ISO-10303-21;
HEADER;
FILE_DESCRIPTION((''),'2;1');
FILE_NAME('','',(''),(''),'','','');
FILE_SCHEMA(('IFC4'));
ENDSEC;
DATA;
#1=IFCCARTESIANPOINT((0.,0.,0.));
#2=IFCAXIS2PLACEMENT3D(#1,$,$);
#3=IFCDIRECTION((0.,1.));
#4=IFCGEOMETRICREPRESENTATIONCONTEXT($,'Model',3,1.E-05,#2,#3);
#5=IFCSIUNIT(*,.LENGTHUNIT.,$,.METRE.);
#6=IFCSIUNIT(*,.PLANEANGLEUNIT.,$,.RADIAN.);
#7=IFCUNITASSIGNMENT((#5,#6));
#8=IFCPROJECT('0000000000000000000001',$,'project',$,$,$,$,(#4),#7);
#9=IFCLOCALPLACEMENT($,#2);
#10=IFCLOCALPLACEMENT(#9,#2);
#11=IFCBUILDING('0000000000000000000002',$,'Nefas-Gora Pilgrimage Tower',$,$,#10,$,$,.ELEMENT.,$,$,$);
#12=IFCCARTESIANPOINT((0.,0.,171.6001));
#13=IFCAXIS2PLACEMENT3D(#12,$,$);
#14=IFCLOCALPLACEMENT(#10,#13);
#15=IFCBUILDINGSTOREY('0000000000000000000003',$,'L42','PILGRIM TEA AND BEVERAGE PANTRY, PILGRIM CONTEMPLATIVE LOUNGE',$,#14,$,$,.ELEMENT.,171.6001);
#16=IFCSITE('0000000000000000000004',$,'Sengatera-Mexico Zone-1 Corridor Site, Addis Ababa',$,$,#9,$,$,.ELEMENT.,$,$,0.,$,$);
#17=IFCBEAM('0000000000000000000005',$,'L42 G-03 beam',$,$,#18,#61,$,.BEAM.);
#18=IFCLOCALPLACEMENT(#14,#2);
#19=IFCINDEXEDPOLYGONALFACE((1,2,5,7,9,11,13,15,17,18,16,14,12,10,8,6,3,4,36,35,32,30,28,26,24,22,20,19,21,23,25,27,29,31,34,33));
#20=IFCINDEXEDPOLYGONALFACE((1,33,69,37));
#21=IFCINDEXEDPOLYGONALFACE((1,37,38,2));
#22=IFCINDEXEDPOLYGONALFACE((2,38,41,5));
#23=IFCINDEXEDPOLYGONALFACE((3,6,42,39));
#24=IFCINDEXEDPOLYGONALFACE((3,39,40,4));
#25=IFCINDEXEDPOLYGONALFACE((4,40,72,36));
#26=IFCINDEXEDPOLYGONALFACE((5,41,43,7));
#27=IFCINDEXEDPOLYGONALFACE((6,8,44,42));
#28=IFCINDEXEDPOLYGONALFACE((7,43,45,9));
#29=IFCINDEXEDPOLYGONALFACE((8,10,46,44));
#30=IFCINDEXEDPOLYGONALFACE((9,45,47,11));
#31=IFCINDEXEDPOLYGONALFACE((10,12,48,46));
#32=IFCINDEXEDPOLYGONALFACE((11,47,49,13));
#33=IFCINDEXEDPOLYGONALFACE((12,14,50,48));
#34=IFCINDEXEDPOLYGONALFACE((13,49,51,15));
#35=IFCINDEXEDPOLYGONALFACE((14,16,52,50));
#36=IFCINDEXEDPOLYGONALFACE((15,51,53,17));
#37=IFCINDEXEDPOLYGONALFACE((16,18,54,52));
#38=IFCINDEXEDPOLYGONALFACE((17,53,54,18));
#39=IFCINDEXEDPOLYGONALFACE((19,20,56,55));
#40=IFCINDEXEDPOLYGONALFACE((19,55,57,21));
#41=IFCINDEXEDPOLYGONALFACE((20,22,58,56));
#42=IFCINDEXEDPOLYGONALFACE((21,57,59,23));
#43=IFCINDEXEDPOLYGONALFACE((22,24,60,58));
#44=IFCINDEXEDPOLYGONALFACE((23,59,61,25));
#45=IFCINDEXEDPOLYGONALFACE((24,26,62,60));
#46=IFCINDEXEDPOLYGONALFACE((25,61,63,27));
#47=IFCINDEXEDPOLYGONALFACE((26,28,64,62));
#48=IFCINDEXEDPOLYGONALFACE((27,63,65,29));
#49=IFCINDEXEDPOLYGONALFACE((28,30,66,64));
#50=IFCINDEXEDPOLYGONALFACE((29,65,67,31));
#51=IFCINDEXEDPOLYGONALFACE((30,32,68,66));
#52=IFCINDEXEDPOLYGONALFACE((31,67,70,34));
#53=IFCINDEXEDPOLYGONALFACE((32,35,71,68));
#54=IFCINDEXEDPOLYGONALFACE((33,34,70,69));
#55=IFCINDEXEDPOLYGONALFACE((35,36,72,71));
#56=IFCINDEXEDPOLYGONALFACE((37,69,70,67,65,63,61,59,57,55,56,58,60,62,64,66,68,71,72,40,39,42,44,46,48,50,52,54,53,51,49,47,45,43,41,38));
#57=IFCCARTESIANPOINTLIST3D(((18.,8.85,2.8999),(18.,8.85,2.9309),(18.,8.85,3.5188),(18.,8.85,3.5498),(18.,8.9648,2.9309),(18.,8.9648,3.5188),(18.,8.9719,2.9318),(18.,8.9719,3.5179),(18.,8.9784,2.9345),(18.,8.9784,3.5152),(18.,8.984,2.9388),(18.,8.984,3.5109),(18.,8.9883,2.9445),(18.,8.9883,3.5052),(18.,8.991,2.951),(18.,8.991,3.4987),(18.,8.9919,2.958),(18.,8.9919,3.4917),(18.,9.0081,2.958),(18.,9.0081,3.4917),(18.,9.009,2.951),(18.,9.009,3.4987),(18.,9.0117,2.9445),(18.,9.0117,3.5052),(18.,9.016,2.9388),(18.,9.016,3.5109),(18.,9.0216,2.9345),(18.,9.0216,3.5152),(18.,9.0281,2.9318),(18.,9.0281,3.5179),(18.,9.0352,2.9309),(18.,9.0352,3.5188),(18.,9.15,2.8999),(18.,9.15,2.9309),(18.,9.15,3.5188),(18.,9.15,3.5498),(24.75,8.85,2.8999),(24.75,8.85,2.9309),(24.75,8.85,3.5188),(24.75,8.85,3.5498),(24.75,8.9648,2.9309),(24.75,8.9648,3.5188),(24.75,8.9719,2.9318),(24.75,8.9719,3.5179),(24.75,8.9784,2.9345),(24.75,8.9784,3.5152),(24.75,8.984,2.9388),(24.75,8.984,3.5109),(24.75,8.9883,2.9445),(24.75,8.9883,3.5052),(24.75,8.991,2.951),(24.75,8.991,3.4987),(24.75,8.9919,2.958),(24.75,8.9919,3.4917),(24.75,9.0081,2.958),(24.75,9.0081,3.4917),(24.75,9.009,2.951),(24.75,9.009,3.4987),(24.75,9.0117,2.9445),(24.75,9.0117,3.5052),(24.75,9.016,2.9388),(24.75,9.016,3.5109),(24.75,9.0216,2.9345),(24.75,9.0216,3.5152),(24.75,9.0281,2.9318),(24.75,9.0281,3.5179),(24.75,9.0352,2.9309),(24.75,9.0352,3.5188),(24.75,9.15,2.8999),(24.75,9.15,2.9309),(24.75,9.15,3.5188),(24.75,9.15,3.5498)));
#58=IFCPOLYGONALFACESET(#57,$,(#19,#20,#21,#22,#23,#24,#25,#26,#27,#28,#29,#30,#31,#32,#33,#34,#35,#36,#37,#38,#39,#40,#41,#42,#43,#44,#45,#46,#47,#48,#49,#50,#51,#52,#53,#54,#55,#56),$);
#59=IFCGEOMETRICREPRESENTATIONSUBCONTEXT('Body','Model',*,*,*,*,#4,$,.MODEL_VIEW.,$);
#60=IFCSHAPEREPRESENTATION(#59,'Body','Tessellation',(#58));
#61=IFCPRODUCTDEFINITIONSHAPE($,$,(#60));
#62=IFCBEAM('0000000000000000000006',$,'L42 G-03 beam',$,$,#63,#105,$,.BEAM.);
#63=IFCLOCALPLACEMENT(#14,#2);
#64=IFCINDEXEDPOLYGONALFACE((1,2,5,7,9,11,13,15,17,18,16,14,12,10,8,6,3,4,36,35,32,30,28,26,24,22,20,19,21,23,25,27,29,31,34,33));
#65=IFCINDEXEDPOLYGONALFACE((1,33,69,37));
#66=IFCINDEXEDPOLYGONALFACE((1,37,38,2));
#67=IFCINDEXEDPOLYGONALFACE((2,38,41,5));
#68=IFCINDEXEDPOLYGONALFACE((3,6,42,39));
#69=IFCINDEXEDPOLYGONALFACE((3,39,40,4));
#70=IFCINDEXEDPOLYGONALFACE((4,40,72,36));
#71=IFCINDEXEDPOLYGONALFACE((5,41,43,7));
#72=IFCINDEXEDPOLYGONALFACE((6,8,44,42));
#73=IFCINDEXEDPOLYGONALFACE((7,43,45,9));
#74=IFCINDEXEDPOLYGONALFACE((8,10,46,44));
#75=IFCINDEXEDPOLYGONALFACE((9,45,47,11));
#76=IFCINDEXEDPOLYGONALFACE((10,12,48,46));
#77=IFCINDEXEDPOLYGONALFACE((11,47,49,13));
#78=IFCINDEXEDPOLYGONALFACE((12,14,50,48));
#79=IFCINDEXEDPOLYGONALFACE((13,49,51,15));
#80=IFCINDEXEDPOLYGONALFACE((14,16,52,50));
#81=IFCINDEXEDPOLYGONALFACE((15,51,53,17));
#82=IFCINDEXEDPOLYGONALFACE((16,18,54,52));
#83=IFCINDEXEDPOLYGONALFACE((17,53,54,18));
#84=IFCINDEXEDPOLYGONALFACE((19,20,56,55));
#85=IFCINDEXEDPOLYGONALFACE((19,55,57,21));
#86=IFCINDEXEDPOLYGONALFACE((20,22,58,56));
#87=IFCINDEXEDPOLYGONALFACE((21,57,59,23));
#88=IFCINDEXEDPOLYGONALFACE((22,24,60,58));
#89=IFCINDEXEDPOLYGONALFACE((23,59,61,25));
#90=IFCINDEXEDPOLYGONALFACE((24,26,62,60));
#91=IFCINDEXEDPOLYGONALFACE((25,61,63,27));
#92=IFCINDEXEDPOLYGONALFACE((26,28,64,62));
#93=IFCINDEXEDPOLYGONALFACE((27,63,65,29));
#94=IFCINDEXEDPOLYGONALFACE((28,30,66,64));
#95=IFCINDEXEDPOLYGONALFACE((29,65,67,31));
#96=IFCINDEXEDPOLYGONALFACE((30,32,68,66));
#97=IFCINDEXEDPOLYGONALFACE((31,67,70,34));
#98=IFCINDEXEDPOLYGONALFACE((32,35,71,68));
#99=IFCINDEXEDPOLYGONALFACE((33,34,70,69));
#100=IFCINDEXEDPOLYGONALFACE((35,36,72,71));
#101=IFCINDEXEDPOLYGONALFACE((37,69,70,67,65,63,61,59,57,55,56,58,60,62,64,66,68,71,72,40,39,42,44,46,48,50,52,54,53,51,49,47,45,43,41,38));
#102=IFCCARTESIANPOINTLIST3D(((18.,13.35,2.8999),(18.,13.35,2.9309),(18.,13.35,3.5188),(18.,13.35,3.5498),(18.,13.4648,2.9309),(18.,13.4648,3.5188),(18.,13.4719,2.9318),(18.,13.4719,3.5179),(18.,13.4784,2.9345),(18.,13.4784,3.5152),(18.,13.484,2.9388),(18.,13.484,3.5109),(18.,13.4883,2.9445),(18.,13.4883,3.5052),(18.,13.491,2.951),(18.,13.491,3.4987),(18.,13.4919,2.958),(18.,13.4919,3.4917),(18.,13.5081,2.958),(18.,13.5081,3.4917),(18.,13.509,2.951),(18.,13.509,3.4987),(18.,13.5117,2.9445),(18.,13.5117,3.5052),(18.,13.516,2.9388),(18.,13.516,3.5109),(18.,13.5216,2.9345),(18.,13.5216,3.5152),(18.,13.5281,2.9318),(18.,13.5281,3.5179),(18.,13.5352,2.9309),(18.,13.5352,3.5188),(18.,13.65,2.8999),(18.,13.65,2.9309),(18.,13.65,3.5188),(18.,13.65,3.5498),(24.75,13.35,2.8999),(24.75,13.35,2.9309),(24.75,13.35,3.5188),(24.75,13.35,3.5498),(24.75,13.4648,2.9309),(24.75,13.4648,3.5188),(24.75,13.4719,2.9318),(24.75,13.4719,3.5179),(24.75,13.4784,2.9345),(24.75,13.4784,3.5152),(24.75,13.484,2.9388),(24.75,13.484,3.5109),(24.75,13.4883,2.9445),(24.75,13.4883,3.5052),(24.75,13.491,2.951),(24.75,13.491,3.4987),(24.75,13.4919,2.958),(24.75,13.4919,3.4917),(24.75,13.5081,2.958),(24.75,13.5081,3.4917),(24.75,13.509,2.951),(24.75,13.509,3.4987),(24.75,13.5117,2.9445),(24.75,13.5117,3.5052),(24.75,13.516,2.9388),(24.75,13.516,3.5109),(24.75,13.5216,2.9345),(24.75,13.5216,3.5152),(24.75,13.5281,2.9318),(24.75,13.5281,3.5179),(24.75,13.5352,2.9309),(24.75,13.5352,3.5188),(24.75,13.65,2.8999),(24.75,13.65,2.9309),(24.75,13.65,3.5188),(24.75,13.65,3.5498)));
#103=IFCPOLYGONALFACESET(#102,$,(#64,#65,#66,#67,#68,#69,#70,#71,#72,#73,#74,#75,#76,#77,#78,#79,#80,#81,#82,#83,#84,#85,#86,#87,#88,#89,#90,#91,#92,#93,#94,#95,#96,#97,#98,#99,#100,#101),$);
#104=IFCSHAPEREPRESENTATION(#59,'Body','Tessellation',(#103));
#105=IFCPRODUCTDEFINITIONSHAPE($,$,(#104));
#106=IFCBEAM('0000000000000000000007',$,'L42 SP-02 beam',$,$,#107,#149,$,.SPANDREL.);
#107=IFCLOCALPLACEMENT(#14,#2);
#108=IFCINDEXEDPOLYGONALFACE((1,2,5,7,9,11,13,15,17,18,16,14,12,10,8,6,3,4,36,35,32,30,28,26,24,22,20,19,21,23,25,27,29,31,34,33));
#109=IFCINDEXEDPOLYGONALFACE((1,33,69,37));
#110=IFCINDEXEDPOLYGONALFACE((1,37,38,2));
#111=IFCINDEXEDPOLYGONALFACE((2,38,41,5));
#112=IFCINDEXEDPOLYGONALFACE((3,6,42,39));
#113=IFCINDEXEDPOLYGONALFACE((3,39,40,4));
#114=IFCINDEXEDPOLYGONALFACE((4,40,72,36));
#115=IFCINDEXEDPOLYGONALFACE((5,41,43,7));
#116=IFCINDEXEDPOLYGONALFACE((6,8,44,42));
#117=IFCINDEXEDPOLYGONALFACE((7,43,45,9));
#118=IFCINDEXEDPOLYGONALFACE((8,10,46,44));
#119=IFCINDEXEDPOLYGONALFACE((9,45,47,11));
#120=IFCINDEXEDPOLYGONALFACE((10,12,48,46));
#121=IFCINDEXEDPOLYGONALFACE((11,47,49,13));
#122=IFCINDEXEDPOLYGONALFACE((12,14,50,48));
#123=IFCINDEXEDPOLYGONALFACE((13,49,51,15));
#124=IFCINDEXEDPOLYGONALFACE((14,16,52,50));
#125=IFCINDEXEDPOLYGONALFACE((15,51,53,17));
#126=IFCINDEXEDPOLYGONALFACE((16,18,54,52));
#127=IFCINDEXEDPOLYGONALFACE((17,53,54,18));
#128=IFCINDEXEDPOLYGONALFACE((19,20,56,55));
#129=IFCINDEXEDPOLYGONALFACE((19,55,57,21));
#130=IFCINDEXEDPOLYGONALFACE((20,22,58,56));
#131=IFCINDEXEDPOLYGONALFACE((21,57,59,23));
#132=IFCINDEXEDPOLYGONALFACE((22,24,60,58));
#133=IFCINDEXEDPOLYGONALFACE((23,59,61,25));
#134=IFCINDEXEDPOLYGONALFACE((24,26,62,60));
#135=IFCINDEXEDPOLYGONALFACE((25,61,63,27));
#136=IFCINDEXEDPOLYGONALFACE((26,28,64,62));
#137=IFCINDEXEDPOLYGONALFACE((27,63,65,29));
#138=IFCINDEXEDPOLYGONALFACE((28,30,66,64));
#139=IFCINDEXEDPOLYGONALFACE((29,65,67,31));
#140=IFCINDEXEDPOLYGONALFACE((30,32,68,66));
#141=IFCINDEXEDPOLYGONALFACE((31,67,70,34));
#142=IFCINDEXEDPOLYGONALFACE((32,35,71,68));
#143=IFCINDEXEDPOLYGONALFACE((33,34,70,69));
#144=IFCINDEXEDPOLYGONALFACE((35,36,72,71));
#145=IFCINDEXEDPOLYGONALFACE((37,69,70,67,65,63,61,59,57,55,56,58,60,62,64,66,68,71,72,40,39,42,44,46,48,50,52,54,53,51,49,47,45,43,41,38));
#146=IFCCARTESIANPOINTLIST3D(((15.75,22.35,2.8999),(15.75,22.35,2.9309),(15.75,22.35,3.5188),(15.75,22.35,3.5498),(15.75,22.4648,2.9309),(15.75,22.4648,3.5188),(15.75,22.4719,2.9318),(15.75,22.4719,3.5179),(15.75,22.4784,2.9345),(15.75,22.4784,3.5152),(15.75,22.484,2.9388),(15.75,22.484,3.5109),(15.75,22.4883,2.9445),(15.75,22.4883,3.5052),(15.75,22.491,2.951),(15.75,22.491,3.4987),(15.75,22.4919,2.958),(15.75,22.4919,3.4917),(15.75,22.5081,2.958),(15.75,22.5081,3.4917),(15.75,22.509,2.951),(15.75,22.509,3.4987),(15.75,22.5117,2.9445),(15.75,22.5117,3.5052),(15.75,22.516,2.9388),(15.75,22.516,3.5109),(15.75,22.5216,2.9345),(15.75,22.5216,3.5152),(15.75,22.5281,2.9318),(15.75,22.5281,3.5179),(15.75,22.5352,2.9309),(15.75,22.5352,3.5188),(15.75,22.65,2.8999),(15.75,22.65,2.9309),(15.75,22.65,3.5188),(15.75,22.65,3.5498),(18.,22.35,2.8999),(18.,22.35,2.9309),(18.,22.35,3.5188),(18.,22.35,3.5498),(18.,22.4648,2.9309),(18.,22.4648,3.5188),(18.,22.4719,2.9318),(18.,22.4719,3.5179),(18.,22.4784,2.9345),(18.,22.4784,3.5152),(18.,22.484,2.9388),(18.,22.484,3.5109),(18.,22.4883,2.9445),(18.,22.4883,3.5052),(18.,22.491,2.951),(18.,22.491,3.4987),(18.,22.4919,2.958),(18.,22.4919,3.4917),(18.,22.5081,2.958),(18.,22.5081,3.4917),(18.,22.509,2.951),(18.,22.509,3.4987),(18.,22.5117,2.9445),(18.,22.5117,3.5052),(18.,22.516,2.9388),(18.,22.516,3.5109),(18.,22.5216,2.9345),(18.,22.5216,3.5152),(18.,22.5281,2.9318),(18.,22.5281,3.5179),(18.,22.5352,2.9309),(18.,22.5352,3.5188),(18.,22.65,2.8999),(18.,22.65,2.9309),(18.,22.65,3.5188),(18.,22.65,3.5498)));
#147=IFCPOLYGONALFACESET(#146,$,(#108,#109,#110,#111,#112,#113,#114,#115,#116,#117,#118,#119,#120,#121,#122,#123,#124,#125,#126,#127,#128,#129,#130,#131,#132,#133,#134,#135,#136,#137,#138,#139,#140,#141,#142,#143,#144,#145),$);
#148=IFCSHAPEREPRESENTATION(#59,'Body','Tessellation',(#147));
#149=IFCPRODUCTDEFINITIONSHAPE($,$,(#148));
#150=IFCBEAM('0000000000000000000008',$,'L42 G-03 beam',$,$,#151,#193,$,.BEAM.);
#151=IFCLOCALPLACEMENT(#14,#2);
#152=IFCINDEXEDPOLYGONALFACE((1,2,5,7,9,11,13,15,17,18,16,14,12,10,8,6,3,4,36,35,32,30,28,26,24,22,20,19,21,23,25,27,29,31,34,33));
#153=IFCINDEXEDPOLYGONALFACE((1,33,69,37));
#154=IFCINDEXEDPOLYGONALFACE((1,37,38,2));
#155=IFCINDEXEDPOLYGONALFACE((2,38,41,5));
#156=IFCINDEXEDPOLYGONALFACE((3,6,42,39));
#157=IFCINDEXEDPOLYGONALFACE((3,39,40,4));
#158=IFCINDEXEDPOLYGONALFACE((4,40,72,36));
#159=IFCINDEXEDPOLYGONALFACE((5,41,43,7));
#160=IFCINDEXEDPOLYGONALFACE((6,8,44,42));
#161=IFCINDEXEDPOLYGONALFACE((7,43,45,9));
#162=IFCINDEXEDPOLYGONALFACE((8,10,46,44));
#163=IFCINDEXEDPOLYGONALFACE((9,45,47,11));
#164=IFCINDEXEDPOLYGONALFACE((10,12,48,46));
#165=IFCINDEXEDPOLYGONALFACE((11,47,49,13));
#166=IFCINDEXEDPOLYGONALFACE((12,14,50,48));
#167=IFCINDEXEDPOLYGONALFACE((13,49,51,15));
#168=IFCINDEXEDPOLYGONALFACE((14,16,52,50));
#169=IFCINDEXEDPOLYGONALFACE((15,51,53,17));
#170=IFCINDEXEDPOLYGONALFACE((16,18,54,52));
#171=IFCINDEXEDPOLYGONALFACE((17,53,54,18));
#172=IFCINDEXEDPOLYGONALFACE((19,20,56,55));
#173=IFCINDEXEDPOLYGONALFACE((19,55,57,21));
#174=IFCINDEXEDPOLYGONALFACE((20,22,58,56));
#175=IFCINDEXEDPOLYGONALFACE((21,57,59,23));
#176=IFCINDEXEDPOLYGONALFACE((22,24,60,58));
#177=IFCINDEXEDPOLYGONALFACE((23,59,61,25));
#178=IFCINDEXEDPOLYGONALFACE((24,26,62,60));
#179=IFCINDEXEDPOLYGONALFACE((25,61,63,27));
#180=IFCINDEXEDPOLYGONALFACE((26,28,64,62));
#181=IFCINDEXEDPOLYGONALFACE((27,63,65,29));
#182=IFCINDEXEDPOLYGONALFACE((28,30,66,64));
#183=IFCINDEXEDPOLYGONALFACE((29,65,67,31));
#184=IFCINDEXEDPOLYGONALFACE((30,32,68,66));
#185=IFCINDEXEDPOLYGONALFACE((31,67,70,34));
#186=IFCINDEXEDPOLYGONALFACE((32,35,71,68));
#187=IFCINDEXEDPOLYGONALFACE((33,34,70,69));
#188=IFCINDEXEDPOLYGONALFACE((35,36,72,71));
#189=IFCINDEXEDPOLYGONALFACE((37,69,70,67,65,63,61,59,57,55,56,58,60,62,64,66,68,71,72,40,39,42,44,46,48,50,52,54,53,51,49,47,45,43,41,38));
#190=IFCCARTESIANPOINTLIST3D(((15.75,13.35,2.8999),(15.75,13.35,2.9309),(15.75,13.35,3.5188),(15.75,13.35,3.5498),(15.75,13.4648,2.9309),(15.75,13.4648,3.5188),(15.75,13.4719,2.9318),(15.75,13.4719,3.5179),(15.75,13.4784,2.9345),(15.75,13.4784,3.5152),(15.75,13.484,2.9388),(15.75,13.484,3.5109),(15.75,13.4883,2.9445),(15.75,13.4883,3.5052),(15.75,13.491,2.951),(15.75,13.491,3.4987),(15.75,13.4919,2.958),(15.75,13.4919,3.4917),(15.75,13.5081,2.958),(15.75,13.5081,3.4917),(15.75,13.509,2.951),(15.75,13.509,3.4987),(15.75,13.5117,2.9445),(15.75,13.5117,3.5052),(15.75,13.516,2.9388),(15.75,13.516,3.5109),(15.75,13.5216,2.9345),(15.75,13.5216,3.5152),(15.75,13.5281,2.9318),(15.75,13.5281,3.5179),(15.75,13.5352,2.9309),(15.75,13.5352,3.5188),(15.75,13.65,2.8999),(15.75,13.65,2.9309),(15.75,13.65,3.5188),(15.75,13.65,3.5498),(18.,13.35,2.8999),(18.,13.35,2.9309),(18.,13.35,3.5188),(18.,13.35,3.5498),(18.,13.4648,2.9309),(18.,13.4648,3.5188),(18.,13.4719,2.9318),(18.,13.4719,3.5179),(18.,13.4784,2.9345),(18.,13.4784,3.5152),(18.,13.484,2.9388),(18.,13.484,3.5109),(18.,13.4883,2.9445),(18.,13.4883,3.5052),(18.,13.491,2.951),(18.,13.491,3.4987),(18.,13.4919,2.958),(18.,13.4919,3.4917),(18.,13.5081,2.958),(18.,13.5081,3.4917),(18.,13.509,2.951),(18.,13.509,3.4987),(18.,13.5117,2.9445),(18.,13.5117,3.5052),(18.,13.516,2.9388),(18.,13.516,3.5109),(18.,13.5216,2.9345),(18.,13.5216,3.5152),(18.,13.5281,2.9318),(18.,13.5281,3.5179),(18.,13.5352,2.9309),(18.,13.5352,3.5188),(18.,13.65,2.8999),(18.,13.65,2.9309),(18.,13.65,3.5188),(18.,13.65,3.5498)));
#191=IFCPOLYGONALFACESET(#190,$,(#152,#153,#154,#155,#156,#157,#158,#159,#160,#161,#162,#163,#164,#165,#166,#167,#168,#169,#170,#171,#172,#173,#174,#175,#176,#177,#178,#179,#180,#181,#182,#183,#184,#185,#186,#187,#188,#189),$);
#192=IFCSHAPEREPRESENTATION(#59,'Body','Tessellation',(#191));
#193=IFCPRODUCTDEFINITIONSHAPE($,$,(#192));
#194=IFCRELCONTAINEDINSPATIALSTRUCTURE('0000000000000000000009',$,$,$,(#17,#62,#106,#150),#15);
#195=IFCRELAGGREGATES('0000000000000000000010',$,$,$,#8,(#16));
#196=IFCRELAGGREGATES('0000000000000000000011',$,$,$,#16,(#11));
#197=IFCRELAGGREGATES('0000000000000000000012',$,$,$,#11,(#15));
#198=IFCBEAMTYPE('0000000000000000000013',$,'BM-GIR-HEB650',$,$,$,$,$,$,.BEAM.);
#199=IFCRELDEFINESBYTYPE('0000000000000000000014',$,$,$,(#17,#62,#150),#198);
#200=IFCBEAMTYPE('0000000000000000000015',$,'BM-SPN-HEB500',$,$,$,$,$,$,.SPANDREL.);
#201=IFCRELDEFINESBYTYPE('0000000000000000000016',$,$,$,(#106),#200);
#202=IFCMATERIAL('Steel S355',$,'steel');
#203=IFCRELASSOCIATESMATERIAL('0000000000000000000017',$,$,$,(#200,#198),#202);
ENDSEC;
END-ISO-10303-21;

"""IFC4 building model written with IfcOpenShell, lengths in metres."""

from ifc_helpers import new_model, si_unit, direction, frame, origin, origin_2d, place, context, subcontext, project, spatial, i_section, extrude, source, transform, mapped, material, material_profile, profile_set, type_object, element, save


model = new_model("IFC4")

# Units and contexts
model_context = context("Model", 3, precision=1e-05, world=origin(), true_north=direction((0.0, 1.0)))
body_context = subcontext(model_context, "Body", "Model", "MODEL_VIEW")
ifc_project = project(units=[si_unit("LENGTHUNIT", "METRE"), si_unit("PLANEANGLEUNIT", "RADIAN")], contexts=[model_context])

# Site, building, storey
site_placement = place(None, origin())
site = spatial("IfcSite", under=ifc_project, at=site_placement, Name="Sengatera-Mexico Zone-1 Corridor Site, Addis Ababa", CompositionType="ELEMENT", RefElevation=0.0)
building_placement = place(site_placement, origin())
building = spatial("IfcBuilding", under=site, at=building_placement, Name="Nefas-Gora Pilgrimage Tower", CompositionType="ELEMENT")
storey_placement = place(building_placement, frame((0.0, 0.0, 171.6001)))
storey = spatial("IfcBuildingStorey", under=building, at=storey_placement, Name="L42", Description="PILGRIM TEA AND BEVERAGE PANTRY, PILGRIM CONTEMPLATIVE LOUNGE", CompositionType="ELEMENT", Elevation=171.6001)

# Beams
ifc_material_1 = material(Name="Steel S355", Category="steel")
ifc_material_profile_1 = material_profile(ifc_material_1, i_section(OverallWidth=0.3, OverallDepth=0.6499, WebThickness=0.0161, FlangeThickness=0.031, FilletRadius=0.0271, at=origin_2d()), Name="HEB 650")
ifc_profile_set_1 = profile_set([ifc_material_profile_1], Name="Steel S355")
beam_type_1 = type_object("IfcBeamType", Name="BM-SPN-HEB500", PredefinedType="SPANDREL", material=ifc_profile_set_1)
ifc_material_profile_2 = material_profile(ifc_material_1, i_section(OverallWidth=0.3, OverallDepth=0.6499, WebThickness=0.0161, FlangeThickness=0.031, FilletRadius=0.0271, at=origin_2d()), Name="HEB 650")
ifc_profile_set_2 = profile_set([ifc_material_profile_2], Name="Steel S355")
beam_type_2 = type_object("IfcBeamType", Name="BM-GIR-HEB650", PredefinedType="BEAM", material=ifc_profile_set_2)
shared_shape_1 = source(origin(), body_context, "Body", "SweptSolid", [
    extrude(i_section(OverallWidth=0.3, OverallDepth=0.6499, WebThickness=0.0161, FlangeThickness=0.031, FilletRadius=0.0271, at=origin_2d()), origin(), (0.0, 0.0, 1.0), 6.75),
])
for number, where, z_axis, x_axis, name in (
    (1, (18.0, 9.0, 3.2249), (1.0, 0.0, 0.0), (0.0, 1.0, 0.0), "L42 G-03 beam"),
    (2, (18.0, 13.5, 3.2249), (1.0, 0.0, 0.0), (0.0, 1.0, 0.0), "L42 G-03 beam"),
):
    element("IfcBeam", number, at=place(storey_placement, frame(where, z_axis=z_axis, x_axis=x_axis)), inside=storey, type_object=beam_type_2, Name=name, PredefinedType="BEAM", context=body_context, shape_type="MappedRepresentation", body=[
        mapped(shared_shape_1, transform((0.0, 0.0, 0.0), x_axis=(1.0, 0.0, 0.0), y_axis=(0.0, 1.0, 0.0), z_axis=(0.0, 0.0, 1.0), scale=1.0)),
    ])
shared_shape_2 = source(origin(), body_context, "Body", "SweptSolid", [
    extrude(i_section(OverallWidth=0.3, OverallDepth=0.6499, WebThickness=0.0161, FlangeThickness=0.031, FilletRadius=0.0271, at=origin_2d()), origin(), (0.0, 0.0, 1.0), 2.25),
])
beam_1_placement = place(storey_placement, frame((15.75, 22.5, 3.2249), z_axis=(1.0, 0.0, 0.0), x_axis=(0.0, 1.0, 0.0)))
element("IfcBeam", 3, at=beam_1_placement, inside=storey, type_object=beam_type_1, Name="L42 SP-02 beam", PredefinedType="SPANDREL", context=body_context, shape_type="MappedRepresentation", body=[
    mapped(shared_shape_2, transform((0.0, 0.0, 0.0), x_axis=(1.0, 0.0, 0.0), y_axis=(0.0, 1.0, 0.0), z_axis=(0.0, 0.0, 1.0), scale=1.0)),
])
shared_shape_3 = source(origin(), body_context, "Body", "SweptSolid", [
    extrude(i_section(OverallWidth=0.3, OverallDepth=0.6499, WebThickness=0.0161, FlangeThickness=0.031, FilletRadius=0.0271, at=origin_2d()), origin(), (0.0, 0.0, 1.0), 2.25),
])
beam_2_placement = place(storey_placement, frame((15.75, 13.5, 3.2249), z_axis=(1.0, 0.0, 0.0), x_axis=(0.0, 1.0, 0.0)))
element("IfcBeam", 4, at=beam_2_placement, inside=storey, type_object=beam_type_2, Name="L42 G-03 beam", PredefinedType="BEAM", context=body_context, shape_type="MappedRepresentation", body=[
    mapped(shared_shape_3, transform((0.0, 0.0, 0.0), x_axis=(1.0, 0.0, 0.0), y_axis=(0.0, 1.0, 0.0), z_axis=(0.0, 0.0, 1.0), scale=1.0)),
])

save(model, "model.ifc")
